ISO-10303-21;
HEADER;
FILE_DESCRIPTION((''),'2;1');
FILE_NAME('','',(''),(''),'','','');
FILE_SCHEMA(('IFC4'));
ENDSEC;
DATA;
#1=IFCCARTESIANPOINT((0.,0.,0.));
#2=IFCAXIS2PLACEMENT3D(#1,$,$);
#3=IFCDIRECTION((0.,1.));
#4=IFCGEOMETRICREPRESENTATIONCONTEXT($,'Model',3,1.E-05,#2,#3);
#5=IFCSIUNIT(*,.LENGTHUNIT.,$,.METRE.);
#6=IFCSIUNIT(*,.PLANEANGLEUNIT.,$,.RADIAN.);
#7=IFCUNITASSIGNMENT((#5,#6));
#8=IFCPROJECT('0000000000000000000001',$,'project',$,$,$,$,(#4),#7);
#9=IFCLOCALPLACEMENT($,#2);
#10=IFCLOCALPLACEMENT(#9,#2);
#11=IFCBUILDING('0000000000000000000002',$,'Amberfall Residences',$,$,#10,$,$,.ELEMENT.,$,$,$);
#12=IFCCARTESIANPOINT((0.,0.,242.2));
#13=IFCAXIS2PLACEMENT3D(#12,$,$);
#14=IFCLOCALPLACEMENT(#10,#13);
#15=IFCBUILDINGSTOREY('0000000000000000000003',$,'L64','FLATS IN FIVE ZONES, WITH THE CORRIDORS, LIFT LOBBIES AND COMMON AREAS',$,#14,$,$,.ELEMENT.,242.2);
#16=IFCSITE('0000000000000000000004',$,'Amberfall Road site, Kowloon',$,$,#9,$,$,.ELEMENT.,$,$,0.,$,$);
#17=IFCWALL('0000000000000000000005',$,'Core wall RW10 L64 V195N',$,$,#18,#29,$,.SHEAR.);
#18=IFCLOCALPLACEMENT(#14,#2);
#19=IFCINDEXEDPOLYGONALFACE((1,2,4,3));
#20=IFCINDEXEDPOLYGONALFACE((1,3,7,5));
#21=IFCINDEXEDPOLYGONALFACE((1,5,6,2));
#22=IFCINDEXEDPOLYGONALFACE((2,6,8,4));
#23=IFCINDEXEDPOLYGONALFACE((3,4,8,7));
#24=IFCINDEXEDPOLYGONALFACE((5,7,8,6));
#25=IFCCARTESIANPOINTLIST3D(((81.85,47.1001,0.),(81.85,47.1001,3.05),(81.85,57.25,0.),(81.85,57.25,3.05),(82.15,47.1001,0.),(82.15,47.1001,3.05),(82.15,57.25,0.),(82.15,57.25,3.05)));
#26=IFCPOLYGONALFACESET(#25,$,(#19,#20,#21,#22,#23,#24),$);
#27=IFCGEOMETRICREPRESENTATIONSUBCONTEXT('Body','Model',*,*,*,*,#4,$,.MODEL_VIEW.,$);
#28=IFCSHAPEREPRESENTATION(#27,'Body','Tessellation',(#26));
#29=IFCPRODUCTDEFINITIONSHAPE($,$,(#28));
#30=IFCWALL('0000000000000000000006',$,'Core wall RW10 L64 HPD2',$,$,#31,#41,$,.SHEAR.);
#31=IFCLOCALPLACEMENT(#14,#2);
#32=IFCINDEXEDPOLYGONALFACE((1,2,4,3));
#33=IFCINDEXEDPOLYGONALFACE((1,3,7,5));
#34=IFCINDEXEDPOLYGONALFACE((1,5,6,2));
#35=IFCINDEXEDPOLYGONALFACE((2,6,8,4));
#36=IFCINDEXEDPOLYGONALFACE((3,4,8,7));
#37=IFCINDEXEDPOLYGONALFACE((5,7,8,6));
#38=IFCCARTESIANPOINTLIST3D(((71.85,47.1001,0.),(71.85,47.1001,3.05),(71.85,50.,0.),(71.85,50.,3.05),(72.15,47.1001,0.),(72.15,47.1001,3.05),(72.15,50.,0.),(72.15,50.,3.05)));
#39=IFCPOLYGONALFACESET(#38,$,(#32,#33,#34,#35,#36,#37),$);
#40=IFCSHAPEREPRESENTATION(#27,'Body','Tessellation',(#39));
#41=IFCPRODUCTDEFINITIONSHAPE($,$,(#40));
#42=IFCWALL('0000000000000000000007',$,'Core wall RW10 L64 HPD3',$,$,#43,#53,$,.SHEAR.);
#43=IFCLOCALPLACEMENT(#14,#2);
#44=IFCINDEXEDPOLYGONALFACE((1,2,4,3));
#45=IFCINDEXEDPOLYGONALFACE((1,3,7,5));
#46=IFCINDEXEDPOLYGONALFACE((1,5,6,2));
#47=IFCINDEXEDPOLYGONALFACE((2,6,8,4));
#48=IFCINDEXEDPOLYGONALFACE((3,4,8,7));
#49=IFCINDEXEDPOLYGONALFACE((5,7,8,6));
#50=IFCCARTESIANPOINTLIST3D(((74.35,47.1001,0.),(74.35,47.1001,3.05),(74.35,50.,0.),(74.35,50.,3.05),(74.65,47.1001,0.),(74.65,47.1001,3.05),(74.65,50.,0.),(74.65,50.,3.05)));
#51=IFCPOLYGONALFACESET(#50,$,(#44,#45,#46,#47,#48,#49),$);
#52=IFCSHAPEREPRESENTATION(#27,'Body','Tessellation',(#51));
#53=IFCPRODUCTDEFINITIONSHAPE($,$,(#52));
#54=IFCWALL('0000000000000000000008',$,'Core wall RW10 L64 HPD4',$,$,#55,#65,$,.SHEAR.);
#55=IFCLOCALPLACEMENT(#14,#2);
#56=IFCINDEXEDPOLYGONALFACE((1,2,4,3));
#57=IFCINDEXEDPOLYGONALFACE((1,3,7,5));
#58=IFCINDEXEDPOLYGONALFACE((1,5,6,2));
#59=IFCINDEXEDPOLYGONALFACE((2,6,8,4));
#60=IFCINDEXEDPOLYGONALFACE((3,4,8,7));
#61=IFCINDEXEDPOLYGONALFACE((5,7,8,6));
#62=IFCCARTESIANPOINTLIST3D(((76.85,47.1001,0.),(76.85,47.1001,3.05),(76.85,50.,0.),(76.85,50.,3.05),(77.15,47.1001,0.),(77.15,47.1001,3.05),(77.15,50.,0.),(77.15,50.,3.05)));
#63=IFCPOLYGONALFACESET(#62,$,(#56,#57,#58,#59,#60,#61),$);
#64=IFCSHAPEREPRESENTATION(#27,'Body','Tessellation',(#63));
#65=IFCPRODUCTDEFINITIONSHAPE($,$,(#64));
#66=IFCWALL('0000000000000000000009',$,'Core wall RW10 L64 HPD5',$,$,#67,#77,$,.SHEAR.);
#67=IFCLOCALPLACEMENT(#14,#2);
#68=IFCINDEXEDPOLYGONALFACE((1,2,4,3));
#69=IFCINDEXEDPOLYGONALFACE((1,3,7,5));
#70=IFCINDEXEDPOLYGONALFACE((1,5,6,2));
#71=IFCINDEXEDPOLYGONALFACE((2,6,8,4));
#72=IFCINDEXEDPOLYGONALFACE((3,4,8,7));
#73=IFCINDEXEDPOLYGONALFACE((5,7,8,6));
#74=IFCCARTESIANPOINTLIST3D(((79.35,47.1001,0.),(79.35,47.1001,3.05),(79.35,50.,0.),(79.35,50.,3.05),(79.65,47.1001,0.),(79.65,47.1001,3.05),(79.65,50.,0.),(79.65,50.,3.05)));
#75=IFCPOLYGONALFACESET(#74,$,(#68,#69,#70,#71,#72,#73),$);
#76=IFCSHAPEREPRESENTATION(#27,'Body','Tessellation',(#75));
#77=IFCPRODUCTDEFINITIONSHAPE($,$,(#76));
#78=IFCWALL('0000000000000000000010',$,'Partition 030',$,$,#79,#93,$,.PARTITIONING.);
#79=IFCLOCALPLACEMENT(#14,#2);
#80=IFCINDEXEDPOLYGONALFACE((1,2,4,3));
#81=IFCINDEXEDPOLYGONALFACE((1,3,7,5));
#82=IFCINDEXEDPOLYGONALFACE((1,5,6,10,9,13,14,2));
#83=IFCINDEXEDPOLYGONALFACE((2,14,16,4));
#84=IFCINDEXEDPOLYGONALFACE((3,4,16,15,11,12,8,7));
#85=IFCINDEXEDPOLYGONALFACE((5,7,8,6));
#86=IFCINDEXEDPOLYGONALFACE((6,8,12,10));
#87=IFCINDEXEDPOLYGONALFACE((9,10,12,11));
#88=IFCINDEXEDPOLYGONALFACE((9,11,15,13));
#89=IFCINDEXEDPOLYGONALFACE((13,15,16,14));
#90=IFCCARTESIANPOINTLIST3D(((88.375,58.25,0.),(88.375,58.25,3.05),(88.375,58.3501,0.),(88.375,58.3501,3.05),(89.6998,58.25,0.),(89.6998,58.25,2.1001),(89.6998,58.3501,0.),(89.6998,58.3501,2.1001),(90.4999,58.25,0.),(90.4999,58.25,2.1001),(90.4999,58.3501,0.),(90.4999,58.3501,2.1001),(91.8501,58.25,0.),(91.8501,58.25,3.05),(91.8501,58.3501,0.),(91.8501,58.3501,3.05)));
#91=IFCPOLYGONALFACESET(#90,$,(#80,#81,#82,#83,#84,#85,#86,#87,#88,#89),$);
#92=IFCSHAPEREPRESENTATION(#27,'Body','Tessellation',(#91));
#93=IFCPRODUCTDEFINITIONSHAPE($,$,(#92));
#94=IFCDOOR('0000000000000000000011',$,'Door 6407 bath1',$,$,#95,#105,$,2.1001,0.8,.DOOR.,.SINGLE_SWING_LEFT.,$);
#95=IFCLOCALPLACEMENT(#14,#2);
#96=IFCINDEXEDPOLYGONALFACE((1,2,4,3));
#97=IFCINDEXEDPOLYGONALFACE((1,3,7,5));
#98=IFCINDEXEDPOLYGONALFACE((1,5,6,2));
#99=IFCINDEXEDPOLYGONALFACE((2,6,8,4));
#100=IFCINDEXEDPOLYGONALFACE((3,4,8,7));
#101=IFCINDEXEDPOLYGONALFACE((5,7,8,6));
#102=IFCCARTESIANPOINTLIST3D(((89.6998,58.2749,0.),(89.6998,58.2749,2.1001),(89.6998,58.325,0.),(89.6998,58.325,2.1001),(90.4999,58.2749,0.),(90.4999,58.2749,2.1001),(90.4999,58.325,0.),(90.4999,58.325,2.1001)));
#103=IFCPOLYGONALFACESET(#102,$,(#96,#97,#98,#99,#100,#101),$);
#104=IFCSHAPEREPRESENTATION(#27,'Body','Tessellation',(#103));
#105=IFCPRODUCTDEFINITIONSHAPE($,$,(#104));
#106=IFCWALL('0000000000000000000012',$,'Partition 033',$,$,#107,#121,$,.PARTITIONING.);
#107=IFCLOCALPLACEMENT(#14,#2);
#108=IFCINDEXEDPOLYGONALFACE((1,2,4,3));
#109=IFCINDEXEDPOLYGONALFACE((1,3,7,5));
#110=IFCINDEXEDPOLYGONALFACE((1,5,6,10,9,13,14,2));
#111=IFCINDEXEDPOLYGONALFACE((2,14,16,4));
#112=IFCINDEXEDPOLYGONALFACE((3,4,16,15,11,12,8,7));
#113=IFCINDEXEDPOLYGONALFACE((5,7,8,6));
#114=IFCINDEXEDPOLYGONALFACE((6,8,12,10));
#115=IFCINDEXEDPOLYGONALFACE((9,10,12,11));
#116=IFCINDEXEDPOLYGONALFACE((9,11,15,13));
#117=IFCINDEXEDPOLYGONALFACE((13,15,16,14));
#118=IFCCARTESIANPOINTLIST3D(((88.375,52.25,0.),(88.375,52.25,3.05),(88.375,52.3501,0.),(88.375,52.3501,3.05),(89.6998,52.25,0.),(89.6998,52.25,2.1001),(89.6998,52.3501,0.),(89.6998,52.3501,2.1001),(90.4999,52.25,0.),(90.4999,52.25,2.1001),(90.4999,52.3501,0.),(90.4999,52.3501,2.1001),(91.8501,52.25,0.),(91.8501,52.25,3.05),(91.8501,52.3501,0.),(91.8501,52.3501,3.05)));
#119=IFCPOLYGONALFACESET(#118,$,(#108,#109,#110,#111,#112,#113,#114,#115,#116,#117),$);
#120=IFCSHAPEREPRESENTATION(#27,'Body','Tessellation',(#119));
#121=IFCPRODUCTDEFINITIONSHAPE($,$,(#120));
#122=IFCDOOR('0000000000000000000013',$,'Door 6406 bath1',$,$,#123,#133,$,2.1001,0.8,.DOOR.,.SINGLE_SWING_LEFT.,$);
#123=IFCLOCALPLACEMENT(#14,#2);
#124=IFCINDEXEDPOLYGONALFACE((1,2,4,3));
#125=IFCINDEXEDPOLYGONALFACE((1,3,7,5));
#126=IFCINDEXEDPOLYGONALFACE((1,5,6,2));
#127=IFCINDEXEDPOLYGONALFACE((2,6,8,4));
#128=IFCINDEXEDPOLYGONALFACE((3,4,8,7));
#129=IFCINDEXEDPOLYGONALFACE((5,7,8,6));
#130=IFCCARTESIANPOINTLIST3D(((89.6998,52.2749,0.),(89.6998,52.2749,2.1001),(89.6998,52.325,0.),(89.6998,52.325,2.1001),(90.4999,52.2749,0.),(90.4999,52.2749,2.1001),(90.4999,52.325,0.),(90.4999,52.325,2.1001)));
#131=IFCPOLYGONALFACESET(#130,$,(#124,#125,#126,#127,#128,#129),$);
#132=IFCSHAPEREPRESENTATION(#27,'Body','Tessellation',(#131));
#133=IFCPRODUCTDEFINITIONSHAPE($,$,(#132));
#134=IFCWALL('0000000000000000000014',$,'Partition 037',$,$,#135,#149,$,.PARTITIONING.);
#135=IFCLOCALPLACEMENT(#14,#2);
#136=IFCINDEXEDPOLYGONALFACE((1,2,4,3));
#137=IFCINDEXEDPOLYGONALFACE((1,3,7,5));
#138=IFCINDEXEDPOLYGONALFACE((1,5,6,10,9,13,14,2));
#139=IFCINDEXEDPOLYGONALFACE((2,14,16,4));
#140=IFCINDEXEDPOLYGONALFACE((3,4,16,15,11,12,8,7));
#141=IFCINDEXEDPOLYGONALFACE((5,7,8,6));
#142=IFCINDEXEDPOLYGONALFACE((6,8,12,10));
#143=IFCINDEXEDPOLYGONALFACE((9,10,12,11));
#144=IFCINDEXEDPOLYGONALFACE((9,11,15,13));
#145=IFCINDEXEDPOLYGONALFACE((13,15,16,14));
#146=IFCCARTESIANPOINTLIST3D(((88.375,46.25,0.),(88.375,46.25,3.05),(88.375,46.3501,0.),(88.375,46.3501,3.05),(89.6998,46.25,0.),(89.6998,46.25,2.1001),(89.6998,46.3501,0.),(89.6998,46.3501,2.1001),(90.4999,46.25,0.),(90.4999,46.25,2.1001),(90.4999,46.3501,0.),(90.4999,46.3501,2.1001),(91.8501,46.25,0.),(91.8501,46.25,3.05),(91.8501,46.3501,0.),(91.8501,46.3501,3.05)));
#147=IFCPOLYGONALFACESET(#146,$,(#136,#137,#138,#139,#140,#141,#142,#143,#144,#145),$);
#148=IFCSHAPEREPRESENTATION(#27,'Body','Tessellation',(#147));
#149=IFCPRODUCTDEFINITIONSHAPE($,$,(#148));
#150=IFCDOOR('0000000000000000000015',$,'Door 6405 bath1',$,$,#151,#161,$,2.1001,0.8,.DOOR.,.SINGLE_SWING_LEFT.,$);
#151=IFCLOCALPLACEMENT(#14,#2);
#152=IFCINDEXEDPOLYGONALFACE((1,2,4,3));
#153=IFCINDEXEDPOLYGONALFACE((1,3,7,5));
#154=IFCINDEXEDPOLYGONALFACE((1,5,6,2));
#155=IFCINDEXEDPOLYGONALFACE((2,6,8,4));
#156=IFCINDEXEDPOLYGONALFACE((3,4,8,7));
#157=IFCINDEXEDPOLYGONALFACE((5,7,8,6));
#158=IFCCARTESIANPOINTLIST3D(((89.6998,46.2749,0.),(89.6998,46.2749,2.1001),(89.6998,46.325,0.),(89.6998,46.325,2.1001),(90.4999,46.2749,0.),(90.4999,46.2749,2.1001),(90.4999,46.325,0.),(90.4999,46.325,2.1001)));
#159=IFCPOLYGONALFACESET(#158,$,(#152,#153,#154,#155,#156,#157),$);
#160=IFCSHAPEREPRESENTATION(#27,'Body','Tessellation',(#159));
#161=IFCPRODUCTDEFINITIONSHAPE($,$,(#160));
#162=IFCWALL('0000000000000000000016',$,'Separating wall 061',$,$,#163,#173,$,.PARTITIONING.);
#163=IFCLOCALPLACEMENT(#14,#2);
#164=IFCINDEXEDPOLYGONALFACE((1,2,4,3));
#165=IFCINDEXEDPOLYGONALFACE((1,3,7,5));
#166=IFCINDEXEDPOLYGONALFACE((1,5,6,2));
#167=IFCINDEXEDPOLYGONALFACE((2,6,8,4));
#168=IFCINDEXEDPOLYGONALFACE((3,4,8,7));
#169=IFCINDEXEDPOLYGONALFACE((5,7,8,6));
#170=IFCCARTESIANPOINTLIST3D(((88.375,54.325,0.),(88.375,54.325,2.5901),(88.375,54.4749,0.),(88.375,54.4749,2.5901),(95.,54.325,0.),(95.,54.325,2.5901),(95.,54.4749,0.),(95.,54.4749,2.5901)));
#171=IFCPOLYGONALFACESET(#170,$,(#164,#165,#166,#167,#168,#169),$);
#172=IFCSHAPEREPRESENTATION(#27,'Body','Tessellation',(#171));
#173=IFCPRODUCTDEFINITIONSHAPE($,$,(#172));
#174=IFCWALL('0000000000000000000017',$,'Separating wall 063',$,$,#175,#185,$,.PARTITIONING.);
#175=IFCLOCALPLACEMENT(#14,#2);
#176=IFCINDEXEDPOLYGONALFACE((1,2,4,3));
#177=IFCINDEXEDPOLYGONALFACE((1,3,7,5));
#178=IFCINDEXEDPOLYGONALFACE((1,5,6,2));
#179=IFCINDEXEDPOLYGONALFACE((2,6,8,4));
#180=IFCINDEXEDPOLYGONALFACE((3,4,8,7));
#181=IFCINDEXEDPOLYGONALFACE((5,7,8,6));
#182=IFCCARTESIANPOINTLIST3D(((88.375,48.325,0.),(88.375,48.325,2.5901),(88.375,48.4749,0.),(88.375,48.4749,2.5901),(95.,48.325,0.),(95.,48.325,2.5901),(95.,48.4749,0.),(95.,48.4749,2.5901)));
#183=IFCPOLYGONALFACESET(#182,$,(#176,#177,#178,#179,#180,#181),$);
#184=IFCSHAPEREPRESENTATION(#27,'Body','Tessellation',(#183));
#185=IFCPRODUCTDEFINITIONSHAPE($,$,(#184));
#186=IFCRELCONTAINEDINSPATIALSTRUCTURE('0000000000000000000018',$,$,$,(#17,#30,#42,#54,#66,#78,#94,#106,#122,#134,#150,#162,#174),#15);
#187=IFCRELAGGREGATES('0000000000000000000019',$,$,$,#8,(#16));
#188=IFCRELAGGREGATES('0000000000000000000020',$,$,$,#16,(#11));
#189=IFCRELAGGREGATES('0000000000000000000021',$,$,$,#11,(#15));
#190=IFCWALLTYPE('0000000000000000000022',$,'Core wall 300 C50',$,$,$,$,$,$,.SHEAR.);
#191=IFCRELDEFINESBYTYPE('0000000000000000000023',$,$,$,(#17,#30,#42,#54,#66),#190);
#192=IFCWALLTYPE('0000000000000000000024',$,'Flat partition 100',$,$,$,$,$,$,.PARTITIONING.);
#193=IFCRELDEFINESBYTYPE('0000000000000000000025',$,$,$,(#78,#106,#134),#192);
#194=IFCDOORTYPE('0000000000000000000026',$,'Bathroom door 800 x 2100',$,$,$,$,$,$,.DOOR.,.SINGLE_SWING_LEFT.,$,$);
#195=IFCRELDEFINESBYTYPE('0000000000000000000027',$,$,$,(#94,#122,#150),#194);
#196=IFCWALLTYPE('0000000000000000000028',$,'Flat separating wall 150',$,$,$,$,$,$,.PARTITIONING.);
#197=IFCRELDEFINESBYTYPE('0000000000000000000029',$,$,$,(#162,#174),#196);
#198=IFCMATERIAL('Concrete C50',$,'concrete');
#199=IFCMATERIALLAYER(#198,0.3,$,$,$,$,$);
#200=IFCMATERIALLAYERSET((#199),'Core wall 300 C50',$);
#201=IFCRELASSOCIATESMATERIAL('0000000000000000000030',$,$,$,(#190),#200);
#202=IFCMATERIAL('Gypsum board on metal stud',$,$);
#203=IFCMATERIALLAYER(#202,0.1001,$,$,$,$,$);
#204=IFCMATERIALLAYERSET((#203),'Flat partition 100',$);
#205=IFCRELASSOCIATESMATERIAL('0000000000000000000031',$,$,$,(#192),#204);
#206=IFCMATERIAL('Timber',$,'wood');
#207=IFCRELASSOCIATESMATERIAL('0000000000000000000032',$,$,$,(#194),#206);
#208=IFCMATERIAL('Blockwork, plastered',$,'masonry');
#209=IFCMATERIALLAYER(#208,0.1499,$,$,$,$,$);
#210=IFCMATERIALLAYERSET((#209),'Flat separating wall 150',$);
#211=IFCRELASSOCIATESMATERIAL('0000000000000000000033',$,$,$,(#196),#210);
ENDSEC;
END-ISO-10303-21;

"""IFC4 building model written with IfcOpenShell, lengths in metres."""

from ifc_helpers import new_model, si_unit, direction, frame, frame_2d, origin, place, context, subcontext, project, spatial, rectangle, extrude, material, layer, layer_set, type_object, element, fill, save


model = new_model("IFC4")

# Units and contexts
model_context = context("Model", 3, precision=1e-05, world=origin(), true_north=direction((0.0, 1.0)))
body_context = subcontext(model_context, "Body", "Model", "MODEL_VIEW")
ifc_project = project(units=[si_unit("LENGTHUNIT", "METRE"), si_unit("PLANEANGLEUNIT", "RADIAN")], contexts=[model_context])

# Site, building, storey
site_placement = place(None, origin())
site = spatial("IfcSite", under=ifc_project, at=site_placement, Name="Amberfall Road site, Kowloon", CompositionType="ELEMENT", RefElevation=0.0)
building_placement = place(site_placement, origin())
building = spatial("IfcBuilding", under=site, at=building_placement, Name="Amberfall Residences", CompositionType="ELEMENT")
storey_placement = place(building_placement, frame((0.0, 0.0, 242.2)))
storey = spatial("IfcBuildingStorey", under=building, at=storey_placement, Name="L64", Description="FLATS IN FIVE ZONES, WITH THE CORRIDORS, LIFT LOBBIES AND COMMON AREAS", CompositionType="ELEMENT", Elevation=242.2)

# Walls
ifc_material_1 = material(Name="Concrete C50", Category="concrete")
ifc_layer_1 = layer(ifc_material_1, 0.3)
ifc_layer_set_1 = layer_set([ifc_layer_1], Name="Core wall 300 C50")
wall_type_1 = type_object("IfcWallType", Name="Core wall 300 C50", PredefinedType="SHEAR", material=ifc_layer_set_1)
wall_1_placement = place(storey_placement, frame((82.0, 47.1001, 0.0), z_axis=(0.0, 0.0, 1.0), x_axis=(0.0, 1.0, 0.0)))
element("IfcWall", 1, at=wall_1_placement, inside=storey, type_object=wall_type_1, Name="Core wall RW10 L64 V195N", PredefinedType="SHEAR", context=body_context, shape_type="SweptSolid", body=[
    extrude(rectangle(XDim=10.1499, YDim=0.3, at=frame_2d((5.075, 0.0))), origin(), (0.0, 0.0, 1.0), 3.05),
])
for number, where, z_axis, x_axis, name in (
    (2, (72.0, 47.1001, 0.0), (0.0, 0.0, 1.0), (0.0, 1.0, 0.0), "Core wall RW10 L64 HPD2"),
    (3, (74.5, 47.1001, 0.0), (0.0, 0.0, 1.0), (0.0, 1.0, 0.0), "Core wall RW10 L64 HPD3"),
    (4, (77.0, 47.1001, 0.0), (0.0, 0.0, 1.0), (0.0, 1.0, 0.0), "Core wall RW10 L64 HPD4"),
    (5, (79.5, 47.1001, 0.0), (0.0, 0.0, 1.0), (0.0, 1.0, 0.0), "Core wall RW10 L64 HPD5"),
):
    element("IfcWall", number, at=place(storey_placement, frame(where, z_axis=z_axis, x_axis=x_axis)), inside=storey, type_object=wall_type_1, Name=name, PredefinedType="SHEAR", context=body_context, shape_type="SweptSolid", body=[
        extrude(rectangle(XDim=2.8999, YDim=0.3, at=frame_2d((1.45, 0.0))), origin(), (0.0, 0.0, 1.0), 3.05),
    ])

# Walls, openings, doors
ifc_material_2 = material(Name="Gypsum board on metal stud")
ifc_layer_2 = layer(ifc_material_2, 0.1001)
ifc_layer_set_2 = layer_set([ifc_layer_2], Name="Flat partition 100")
wall_type_2 = type_object("IfcWallType", Name="Flat partition 100", PredefinedType="PARTITIONING", material=ifc_layer_set_2)
wall_2_placement = place(storey_placement, frame((88.375, 58.3, 0.0), z_axis=(0.0, 0.0, 1.0), x_axis=(1.0, 0.0, 0.0)))
wall_2 = element("IfcWall", 6, at=wall_2_placement, inside=storey, type_object=wall_type_2, Name="Partition 030", PredefinedType="PARTITIONING", context=body_context, shape_type="SweptSolid", body=[
    extrude(rectangle(XDim=3.4751, YDim=0.1001, at=frame_2d((1.7375, 0.0))), origin(), (0.0, 0.0, 1.0), 3.05),
])
opening_1_placement = place(wall_2_placement, frame((1.325, 0.0, 0.0)))
opening_1 = element("IfcOpeningElement", 7, at=opening_1_placement, cuts=wall_2, PredefinedType="OPENING", context=body_context, shape_type="SweptSolid", body=[
    extrude(rectangle(XDim=0.8, YDim=2.1001, at=frame_2d((0.3999, 1.05))), frame((0.0, 0.0601, 0.0), z_axis=(0.0, -1.0, 0.0), x_axis=(1.0, 0.0, 0.0)), (0.0, 0.0, 1.0), 0.1201),
])
ifc_material_3 = material(Name="Timber", Category="wood")
door_type = type_object("IfcDoorType", Name="Bathroom door 800 x 2100", OperationType="SINGLE_SWING_LEFT", PredefinedType="DOOR", material=ifc_material_3)
door_1_placement = place(opening_1_placement, origin())
door_1 = element("IfcDoor", 8, at=door_1_placement, inside=storey, type_object=door_type, Name="Door 6407 bath1", OperationType="SINGLE_SWING_LEFT", OverallHeight=2.1001, OverallWidth=0.8, PredefinedType="DOOR", context=body_context, shape_type="SweptSolid", body=[
    extrude(rectangle(XDim=0.8, YDim=2.1001, at=frame_2d((0.3999, 1.05))), frame((0.0, 0.0249, 0.0), z_axis=(0.0, -1.0, 0.0), x_axis=(1.0, 0.0, 0.0)), (0.0, 0.0, 1.0), 0.05),
])
fill(opening_1, door_1)
wall_3_placement = place(storey_placement, frame((88.375, 52.3, 0.0), z_axis=(0.0, 0.0, 1.0), x_axis=(1.0, 0.0, 0.0)))
wall_3 = element("IfcWall", 9, at=wall_3_placement, inside=storey, type_object=wall_type_2, Name="Partition 033", PredefinedType="PARTITIONING", context=body_context, shape_type="SweptSolid", body=[
    extrude(rectangle(XDim=3.4751, YDim=0.1001, at=frame_2d((1.7375, 0.0))), origin(), (0.0, 0.0, 1.0), 3.05),
])
opening_2_placement = place(wall_3_placement, frame((1.325, 0.0, 0.0)))
opening_2 = element("IfcOpeningElement", 10, at=opening_2_placement, cuts=wall_3, PredefinedType="OPENING", context=body_context, shape_type="SweptSolid", body=[
    extrude(rectangle(XDim=0.8, YDim=2.1001, at=frame_2d((0.3999, 1.05))), frame((0.0, 0.0601, 0.0), z_axis=(0.0, -1.0, 0.0), x_axis=(1.0, 0.0, 0.0)), (0.0, 0.0, 1.0), 0.1201),
])
door_2_placement = place(opening_2_placement, origin())
door_2 = element("IfcDoor", 11, at=door_2_placement, inside=storey, type_object=door_type, Name="Door 6406 bath1", OperationType="SINGLE_SWING_LEFT", OverallHeight=2.1001, OverallWidth=0.8, PredefinedType="DOOR", context=body_context, shape_type="SweptSolid", body=[
    extrude(rectangle(XDim=0.8, YDim=2.1001, at=frame_2d((0.3999, 1.05))), frame((0.0, 0.0249, 0.0), z_axis=(0.0, -1.0, 0.0), x_axis=(1.0, 0.0, 0.0)), (0.0, 0.0, 1.0), 0.05),
])
fill(opening_2, door_2)
wall_4_placement = place(storey_placement, frame((88.375, 46.3, 0.0), z_axis=(0.0, 0.0, 1.0), x_axis=(1.0, 0.0, 0.0)))
wall_4 = element("IfcWall", 12, at=wall_4_placement, inside=storey, type_object=wall_type_2, Name="Partition 037", PredefinedType="PARTITIONING", context=body_context, shape_type="SweptSolid", body=[
    extrude(rectangle(XDim=3.4751, YDim=0.1001, at=frame_2d((1.7375, 0.0))), origin(), (0.0, 0.0, 1.0), 3.05),
])
opening_3_placement = place(wall_4_placement, frame((1.325, 0.0, 0.0)))
opening_3 = element("IfcOpeningElement", 13, at=opening_3_placement, cuts=wall_4, PredefinedType="OPENING", context=body_context, shape_type="SweptSolid", body=[
    extrude(rectangle(XDim=0.8, YDim=2.1001, at=frame_2d((0.3999, 1.05))), frame((0.0, 0.0601, 0.0), z_axis=(0.0, -1.0, 0.0), x_axis=(1.0, 0.0, 0.0)), (0.0, 0.0, 1.0), 0.1201),
])
door_3_placement = place(opening_3_placement, origin())
door_3 = element("IfcDoor", 14, at=door_3_placement, inside=storey, type_object=door_type, Name="Door 6405 bath1", OperationType="SINGLE_SWING_LEFT", OverallHeight=2.1001, OverallWidth=0.8, PredefinedType="DOOR", context=body_context, shape_type="SweptSolid", body=[
    extrude(rectangle(XDim=0.8, YDim=2.1001, at=frame_2d((0.3999, 1.05))), frame((0.0, 0.0249, 0.0), z_axis=(0.0, -1.0, 0.0), x_axis=(1.0, 0.0, 0.0)), (0.0, 0.0, 1.0), 0.05),
])
fill(opening_3, door_3)

# Walls
ifc_material_4 = material(Name="Blockwork, plastered", Category="masonry")
ifc_layer_3 = layer(ifc_material_4, 0.1499)
ifc_layer_set_3 = layer_set([ifc_layer_3], Name="Flat separating wall 150")
wall_type_3 = type_object("IfcWallType", Name="Flat separating wall 150", PredefinedType="PARTITIONING", material=ifc_layer_set_3)
for number, where, z_axis, x_axis, name in (
    (15, (88.375, 54.3999, 0.0), (0.0, 0.0, 1.0), (1.0, 0.0, 0.0), "Separating wall 061"),
    (16, (88.375, 48.3999, 0.0), (0.0, 0.0, 1.0), (1.0, 0.0, 0.0), "Separating wall 063"),
):
    element("IfcWall", number, at=place(storey_placement, frame(where, z_axis=z_axis, x_axis=x_axis)), inside=storey, type_object=wall_type_3, Name=name, PredefinedType="PARTITIONING", context=body_context, shape_type="SweptSolid", body=[
        extrude(rectangle(XDim=6.625, YDim=0.1499, at=frame_2d((3.3125, 0.0))), origin(), (0.0, 0.0, 1.0), 2.5901),
    ])

save(model, "model.ifc")
